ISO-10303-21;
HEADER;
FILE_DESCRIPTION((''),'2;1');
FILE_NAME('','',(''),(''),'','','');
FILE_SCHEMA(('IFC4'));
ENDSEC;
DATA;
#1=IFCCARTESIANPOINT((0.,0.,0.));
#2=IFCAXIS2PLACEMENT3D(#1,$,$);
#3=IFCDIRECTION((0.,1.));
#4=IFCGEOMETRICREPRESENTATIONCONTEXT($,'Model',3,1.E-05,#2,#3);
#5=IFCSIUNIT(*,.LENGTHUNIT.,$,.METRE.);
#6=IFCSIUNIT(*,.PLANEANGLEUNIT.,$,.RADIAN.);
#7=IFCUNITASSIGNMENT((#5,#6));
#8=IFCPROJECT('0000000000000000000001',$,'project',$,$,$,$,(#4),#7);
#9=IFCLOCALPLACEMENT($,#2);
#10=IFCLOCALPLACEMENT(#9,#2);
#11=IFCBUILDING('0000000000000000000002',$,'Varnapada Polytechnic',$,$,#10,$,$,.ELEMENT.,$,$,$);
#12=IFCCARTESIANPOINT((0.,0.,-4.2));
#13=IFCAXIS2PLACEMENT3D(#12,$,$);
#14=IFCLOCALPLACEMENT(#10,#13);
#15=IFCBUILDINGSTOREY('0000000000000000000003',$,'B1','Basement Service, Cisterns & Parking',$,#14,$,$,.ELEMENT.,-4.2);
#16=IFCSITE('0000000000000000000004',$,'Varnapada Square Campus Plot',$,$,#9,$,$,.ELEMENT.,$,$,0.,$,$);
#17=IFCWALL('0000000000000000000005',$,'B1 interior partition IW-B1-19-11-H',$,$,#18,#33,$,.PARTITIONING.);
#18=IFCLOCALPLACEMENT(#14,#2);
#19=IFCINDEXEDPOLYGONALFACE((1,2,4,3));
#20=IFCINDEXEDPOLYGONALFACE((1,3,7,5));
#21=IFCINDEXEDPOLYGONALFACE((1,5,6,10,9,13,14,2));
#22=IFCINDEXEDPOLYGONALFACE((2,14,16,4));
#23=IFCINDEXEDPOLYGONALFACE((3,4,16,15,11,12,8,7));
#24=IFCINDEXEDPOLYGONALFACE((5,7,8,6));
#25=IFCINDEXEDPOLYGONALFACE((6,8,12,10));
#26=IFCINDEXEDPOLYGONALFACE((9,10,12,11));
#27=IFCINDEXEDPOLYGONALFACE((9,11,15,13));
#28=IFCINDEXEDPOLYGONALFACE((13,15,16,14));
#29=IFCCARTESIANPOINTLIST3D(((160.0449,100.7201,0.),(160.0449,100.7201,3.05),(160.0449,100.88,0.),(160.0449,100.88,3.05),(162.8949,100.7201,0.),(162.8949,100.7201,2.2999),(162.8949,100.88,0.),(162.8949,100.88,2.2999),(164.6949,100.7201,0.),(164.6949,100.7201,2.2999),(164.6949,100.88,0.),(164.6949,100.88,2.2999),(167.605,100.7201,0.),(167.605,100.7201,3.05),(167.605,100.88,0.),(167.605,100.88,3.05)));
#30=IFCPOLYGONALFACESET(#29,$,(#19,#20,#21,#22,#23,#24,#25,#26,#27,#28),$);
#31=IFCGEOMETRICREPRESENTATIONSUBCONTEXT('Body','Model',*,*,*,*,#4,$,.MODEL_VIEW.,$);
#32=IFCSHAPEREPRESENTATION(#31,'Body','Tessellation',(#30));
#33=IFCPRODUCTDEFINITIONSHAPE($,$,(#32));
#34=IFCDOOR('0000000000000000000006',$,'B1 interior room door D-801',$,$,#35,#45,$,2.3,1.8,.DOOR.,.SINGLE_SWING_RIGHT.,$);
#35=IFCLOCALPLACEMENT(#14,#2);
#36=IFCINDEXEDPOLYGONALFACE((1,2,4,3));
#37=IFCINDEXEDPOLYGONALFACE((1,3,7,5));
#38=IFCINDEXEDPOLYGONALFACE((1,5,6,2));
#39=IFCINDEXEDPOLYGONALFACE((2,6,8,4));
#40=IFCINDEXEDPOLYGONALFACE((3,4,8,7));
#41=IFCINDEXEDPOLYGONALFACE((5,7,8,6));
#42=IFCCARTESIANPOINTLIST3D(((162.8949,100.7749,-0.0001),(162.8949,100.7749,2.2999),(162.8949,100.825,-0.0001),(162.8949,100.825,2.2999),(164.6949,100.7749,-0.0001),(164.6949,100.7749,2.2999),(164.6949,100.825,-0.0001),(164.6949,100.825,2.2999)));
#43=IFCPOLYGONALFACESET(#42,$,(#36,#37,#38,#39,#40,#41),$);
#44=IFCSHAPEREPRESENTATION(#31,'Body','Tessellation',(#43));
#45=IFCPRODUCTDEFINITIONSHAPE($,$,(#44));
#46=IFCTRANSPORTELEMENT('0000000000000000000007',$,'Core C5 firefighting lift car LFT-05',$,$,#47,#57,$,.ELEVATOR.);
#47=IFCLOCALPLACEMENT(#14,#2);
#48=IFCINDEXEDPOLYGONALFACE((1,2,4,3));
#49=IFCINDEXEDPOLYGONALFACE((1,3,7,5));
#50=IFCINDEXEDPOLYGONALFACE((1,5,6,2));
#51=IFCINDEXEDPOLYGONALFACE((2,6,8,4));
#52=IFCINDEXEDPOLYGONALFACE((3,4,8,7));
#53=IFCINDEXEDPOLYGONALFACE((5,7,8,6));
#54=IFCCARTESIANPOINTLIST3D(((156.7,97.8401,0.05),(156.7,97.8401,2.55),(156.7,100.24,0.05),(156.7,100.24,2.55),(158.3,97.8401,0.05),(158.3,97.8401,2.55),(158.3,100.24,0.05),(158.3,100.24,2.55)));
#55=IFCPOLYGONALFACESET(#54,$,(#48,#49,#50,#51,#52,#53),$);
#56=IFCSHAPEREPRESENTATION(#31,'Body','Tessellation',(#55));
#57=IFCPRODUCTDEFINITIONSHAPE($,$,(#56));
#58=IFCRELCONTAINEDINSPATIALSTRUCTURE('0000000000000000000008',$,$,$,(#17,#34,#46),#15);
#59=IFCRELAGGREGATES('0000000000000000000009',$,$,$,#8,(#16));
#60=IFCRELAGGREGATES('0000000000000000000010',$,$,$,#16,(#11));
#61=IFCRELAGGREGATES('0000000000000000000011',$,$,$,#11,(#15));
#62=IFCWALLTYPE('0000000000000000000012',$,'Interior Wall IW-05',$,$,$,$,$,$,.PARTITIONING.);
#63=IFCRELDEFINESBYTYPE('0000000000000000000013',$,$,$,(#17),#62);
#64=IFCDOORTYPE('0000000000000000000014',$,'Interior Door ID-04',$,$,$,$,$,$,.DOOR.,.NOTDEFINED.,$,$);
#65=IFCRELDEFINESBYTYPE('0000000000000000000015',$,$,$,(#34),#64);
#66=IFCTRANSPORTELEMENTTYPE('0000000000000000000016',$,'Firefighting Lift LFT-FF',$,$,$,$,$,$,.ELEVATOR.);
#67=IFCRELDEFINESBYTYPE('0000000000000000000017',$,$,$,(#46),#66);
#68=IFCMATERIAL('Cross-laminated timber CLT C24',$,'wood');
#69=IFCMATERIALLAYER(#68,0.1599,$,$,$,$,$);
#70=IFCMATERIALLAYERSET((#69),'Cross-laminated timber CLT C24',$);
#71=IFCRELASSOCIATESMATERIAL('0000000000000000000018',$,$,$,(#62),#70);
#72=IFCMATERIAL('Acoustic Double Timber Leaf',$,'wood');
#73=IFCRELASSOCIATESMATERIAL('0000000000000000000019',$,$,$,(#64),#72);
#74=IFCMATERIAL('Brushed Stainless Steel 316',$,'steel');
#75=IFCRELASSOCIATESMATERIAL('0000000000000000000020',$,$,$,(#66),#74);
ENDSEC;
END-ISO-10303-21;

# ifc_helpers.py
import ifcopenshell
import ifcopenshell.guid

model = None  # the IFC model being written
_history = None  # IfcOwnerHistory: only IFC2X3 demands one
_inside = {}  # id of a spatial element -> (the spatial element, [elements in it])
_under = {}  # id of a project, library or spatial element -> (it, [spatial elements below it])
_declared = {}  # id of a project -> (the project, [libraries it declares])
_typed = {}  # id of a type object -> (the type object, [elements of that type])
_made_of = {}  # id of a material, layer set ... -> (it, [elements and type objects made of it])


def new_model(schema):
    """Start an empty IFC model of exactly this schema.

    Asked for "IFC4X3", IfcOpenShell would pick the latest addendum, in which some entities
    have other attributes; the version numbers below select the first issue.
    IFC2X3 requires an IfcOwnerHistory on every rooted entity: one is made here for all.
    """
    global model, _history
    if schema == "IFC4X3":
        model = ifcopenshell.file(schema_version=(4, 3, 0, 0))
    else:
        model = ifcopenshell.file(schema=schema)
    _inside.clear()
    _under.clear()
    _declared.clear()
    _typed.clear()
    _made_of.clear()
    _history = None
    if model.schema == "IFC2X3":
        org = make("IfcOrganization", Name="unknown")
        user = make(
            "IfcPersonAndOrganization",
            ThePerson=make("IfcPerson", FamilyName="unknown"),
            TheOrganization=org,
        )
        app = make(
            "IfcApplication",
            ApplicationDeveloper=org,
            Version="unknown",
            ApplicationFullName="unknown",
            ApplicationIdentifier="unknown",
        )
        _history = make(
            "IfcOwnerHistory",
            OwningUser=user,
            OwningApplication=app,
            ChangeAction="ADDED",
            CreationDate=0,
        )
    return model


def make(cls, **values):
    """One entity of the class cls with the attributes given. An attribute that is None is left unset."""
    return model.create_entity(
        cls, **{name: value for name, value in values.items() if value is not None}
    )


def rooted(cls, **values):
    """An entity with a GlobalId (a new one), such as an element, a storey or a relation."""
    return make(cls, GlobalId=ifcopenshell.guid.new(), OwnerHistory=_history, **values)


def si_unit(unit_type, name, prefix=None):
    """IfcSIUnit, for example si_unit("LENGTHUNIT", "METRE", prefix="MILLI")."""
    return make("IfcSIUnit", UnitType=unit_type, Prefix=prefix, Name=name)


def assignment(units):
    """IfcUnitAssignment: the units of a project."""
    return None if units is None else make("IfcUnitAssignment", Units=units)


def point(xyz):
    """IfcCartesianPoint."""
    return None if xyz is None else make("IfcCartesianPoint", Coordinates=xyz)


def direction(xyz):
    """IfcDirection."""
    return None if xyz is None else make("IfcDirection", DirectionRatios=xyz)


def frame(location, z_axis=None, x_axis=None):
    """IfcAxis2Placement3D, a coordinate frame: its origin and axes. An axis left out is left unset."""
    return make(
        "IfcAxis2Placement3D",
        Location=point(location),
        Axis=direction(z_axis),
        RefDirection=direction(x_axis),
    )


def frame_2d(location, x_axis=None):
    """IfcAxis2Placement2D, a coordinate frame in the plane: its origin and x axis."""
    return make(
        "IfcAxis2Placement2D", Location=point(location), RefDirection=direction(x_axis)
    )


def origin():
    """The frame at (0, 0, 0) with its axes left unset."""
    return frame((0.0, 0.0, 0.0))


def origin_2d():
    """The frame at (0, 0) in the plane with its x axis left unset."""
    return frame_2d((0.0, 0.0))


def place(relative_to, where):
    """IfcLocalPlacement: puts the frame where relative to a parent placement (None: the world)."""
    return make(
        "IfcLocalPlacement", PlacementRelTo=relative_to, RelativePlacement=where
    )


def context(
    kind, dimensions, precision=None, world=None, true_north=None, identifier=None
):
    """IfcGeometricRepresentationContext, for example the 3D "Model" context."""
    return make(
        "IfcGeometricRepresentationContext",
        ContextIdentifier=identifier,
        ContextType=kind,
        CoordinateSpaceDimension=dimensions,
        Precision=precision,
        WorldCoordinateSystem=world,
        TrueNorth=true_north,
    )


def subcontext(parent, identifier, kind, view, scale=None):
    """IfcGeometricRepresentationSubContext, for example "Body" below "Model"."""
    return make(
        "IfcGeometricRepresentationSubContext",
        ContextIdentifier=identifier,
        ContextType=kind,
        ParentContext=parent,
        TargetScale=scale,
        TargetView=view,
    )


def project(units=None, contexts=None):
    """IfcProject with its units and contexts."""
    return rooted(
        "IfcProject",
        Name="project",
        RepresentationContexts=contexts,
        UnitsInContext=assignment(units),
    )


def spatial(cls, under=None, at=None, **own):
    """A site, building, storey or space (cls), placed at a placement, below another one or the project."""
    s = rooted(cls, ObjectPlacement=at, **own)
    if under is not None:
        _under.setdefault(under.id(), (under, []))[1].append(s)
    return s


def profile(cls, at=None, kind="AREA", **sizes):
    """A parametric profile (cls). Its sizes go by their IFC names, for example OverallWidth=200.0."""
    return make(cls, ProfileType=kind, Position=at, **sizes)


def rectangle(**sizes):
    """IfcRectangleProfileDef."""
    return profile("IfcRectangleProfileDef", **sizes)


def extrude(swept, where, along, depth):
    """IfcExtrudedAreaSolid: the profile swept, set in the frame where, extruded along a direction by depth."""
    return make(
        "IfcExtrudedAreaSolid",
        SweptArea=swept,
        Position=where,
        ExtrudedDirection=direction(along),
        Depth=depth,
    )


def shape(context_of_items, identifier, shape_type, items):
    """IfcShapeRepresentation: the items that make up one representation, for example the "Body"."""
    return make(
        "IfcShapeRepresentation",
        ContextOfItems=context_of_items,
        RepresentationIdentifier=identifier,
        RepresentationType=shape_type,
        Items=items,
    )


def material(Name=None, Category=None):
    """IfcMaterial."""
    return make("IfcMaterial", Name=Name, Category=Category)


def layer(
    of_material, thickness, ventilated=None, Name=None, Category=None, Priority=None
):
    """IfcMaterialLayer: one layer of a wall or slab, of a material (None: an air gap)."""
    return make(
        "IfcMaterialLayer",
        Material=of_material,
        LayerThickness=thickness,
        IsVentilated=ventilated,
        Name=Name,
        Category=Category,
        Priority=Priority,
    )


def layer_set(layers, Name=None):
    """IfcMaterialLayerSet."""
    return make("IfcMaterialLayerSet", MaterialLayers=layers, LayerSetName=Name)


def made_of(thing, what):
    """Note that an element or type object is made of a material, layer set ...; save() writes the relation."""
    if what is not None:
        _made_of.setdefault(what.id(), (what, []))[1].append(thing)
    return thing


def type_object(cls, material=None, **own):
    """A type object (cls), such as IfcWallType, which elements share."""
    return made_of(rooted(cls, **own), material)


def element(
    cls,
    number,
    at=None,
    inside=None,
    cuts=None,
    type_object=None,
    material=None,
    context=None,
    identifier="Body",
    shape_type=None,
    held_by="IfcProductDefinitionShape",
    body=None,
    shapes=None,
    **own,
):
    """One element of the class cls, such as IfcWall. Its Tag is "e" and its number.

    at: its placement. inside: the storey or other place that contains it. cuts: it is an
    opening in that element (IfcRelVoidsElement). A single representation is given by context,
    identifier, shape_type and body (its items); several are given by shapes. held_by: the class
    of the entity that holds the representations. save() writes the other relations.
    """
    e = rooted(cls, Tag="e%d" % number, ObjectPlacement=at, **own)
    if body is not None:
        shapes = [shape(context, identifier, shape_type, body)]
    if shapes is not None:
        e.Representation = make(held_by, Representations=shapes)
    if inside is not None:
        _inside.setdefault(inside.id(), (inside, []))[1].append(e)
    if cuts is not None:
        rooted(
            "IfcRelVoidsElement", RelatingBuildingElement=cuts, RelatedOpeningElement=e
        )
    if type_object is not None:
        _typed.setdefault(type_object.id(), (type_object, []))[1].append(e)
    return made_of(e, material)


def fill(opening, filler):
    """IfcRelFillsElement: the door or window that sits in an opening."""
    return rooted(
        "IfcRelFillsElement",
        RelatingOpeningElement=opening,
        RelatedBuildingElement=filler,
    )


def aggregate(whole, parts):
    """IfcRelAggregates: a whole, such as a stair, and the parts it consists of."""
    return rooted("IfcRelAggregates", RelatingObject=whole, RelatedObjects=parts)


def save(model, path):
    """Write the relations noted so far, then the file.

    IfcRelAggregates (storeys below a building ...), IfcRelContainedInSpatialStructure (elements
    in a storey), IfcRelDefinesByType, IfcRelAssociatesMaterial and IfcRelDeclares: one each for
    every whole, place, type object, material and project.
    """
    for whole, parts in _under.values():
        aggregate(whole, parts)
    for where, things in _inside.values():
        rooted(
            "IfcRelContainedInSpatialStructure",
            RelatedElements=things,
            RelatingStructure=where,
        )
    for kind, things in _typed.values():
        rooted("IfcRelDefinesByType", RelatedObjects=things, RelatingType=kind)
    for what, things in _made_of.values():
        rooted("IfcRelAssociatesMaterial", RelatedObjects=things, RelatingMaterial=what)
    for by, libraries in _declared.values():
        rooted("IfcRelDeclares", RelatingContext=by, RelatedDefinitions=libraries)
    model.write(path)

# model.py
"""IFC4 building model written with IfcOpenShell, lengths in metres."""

from ifc_helpers import new_model, si_unit, direction, frame, frame_2d, origin, origin_2d, place, context, subcontext, project, spatial, rectangle, extrude, material, layer, layer_set, type_object, element, fill, save


model = new_model("IFC4")

# Units and contexts
model_context = context("Model", 3, precision=1e-05, world=origin(), true_north=direction((0.0, 1.0)))
body_context = subcontext(model_context, "Body", "Model", "MODEL_VIEW")
ifc_project = project(units=[si_unit("LENGTHUNIT", "METRE"), si_unit("PLANEANGLEUNIT", "RADIAN")], contexts=[model_context])

# Site, building, storey
site_placement = place(None, origin())
site = spatial("IfcSite", under=ifc_project, at=site_placement, Name="Varnapada Square Campus Plot", CompositionType="ELEMENT", RefElevation=0.0)
building_placement = place(site_placement, origin())
building = spatial("IfcBuilding", under=site, at=building_placement, Name="Varnapada Polytechnic", CompositionType="ELEMENT")
storey_placement = place(building_placement, frame((0.0, 0.0, -4.2)))
storey = spatial("IfcBuildingStorey", under=building, at=storey_placement, Name="B1", Description="Basement Service, Cisterns & Parking", CompositionType="ELEMENT", Elevation=-4.2)

# Wall, opening, door
ifc_material_1 = material(Name="Cross-laminated timber CLT C24", Category="wood")
ifc_layer_1 = layer(ifc_material_1, 0.1599)
ifc_layer_set_1 = layer_set([ifc_layer_1], Name="Cross-laminated timber CLT C24")
wall_type_1 = type_object("IfcWallType", Name="Interior Wall IW-05", PredefinedType="PARTITIONING", material=ifc_layer_set_1)
wall_1_placement = place(storey_placement, frame((160.0449, 100.8, 0.0), z_axis=(0.0, 0.0, 1.0), x_axis=(1.0, 0.0, 0.0)))
wall_1 = element("IfcWall", 1, at=wall_1_placement, inside=storey, type_object=wall_type_1, Name="B1 interior partition IW-B1-19-11-H", PredefinedType="PARTITIONING", context=body_context, shape_type="SweptSolid", body=[
    extrude(rectangle(XDim=7.5601, YDim=0.1599, at=frame_2d((3.78, 0.0))), origin(), (0.0, 0.0, 1.0), 3.05),
])
opening_1_placement = place(wall_1_placement, frame((2.8501, 0.0, 0.0)))
opening_1 = element("IfcOpeningElement", 2, at=opening_1_placement, cuts=wall_1, PredefinedType="OPENING", context=body_context, shape_type="SweptSolid", body=[
    extrude(rectangle(XDim=1.8, YDim=2.3, at=frame_2d((0.8999, 1.1499))), frame((0.0, 0.0898, 0.0), z_axis=(0.0, -1.0, 0.0), x_axis=(1.0, 0.0, 0.0)), (0.0, 0.0, 1.0), 0.1799),
])
ifc_material_2 = material(Name="Acoustic Double Timber Leaf", Category="wood")
door_type_1 = type_object("IfcDoorType", Name="Interior Door ID-04", OperationType="NOTDEFINED", PredefinedType="DOOR", material=ifc_material_2)
door_1_placement = place(opening_1_placement, origin())
door_1 = element("IfcDoor", 3, at=door_1_placement, inside=storey, type_object=door_type_1, Name="B1 interior room door D-801", OperationType="SINGLE_SWING_RIGHT", OverallHeight=2.3, OverallWidth=1.8, PredefinedType="DOOR", context=body_context, shape_type="SweptSolid", body=[
    extrude(rectangle(XDim=1.8, YDim=2.3, at=frame_2d((0.8999, 1.1499))), frame((0.0, 0.0249, 0.0), z_axis=(0.0, -1.0, 0.0), x_axis=(1.0, 0.0, 0.0)), (0.0, 0.0, 1.0), 0.05),
])
fill(opening_1, door_1)

# Transport element
ifc_material_3 = material(Name="Brushed Stainless Steel 316", Category="steel")
transport_element_type = type_object("IfcTransportElementType", Name="Firefighting Lift LFT-FF", PredefinedType="ELEVATOR", material=ifc_material_3)
transport_element_placement = place(storey_placement, frame((157.5, 99.04, 0.05), z_axis=(0.0, 0.0, 1.0), x_axis=(1.0, 0.0, 0.0)))
element("IfcTransportElement", 4, at=transport_element_placement, inside=storey, type_object=transport_element_type, Name="Core C5 firefighting lift car LFT-05", PredefinedType="ELEVATOR", context=body_context, shape_type="SweptSolid", body=[
    extrude(rectangle(XDim=1.6001, YDim=2.3999, at=origin_2d()), origin(), (0.0, 0.0, 1.0), 2.5),
])

save(model, "model.ifc")
